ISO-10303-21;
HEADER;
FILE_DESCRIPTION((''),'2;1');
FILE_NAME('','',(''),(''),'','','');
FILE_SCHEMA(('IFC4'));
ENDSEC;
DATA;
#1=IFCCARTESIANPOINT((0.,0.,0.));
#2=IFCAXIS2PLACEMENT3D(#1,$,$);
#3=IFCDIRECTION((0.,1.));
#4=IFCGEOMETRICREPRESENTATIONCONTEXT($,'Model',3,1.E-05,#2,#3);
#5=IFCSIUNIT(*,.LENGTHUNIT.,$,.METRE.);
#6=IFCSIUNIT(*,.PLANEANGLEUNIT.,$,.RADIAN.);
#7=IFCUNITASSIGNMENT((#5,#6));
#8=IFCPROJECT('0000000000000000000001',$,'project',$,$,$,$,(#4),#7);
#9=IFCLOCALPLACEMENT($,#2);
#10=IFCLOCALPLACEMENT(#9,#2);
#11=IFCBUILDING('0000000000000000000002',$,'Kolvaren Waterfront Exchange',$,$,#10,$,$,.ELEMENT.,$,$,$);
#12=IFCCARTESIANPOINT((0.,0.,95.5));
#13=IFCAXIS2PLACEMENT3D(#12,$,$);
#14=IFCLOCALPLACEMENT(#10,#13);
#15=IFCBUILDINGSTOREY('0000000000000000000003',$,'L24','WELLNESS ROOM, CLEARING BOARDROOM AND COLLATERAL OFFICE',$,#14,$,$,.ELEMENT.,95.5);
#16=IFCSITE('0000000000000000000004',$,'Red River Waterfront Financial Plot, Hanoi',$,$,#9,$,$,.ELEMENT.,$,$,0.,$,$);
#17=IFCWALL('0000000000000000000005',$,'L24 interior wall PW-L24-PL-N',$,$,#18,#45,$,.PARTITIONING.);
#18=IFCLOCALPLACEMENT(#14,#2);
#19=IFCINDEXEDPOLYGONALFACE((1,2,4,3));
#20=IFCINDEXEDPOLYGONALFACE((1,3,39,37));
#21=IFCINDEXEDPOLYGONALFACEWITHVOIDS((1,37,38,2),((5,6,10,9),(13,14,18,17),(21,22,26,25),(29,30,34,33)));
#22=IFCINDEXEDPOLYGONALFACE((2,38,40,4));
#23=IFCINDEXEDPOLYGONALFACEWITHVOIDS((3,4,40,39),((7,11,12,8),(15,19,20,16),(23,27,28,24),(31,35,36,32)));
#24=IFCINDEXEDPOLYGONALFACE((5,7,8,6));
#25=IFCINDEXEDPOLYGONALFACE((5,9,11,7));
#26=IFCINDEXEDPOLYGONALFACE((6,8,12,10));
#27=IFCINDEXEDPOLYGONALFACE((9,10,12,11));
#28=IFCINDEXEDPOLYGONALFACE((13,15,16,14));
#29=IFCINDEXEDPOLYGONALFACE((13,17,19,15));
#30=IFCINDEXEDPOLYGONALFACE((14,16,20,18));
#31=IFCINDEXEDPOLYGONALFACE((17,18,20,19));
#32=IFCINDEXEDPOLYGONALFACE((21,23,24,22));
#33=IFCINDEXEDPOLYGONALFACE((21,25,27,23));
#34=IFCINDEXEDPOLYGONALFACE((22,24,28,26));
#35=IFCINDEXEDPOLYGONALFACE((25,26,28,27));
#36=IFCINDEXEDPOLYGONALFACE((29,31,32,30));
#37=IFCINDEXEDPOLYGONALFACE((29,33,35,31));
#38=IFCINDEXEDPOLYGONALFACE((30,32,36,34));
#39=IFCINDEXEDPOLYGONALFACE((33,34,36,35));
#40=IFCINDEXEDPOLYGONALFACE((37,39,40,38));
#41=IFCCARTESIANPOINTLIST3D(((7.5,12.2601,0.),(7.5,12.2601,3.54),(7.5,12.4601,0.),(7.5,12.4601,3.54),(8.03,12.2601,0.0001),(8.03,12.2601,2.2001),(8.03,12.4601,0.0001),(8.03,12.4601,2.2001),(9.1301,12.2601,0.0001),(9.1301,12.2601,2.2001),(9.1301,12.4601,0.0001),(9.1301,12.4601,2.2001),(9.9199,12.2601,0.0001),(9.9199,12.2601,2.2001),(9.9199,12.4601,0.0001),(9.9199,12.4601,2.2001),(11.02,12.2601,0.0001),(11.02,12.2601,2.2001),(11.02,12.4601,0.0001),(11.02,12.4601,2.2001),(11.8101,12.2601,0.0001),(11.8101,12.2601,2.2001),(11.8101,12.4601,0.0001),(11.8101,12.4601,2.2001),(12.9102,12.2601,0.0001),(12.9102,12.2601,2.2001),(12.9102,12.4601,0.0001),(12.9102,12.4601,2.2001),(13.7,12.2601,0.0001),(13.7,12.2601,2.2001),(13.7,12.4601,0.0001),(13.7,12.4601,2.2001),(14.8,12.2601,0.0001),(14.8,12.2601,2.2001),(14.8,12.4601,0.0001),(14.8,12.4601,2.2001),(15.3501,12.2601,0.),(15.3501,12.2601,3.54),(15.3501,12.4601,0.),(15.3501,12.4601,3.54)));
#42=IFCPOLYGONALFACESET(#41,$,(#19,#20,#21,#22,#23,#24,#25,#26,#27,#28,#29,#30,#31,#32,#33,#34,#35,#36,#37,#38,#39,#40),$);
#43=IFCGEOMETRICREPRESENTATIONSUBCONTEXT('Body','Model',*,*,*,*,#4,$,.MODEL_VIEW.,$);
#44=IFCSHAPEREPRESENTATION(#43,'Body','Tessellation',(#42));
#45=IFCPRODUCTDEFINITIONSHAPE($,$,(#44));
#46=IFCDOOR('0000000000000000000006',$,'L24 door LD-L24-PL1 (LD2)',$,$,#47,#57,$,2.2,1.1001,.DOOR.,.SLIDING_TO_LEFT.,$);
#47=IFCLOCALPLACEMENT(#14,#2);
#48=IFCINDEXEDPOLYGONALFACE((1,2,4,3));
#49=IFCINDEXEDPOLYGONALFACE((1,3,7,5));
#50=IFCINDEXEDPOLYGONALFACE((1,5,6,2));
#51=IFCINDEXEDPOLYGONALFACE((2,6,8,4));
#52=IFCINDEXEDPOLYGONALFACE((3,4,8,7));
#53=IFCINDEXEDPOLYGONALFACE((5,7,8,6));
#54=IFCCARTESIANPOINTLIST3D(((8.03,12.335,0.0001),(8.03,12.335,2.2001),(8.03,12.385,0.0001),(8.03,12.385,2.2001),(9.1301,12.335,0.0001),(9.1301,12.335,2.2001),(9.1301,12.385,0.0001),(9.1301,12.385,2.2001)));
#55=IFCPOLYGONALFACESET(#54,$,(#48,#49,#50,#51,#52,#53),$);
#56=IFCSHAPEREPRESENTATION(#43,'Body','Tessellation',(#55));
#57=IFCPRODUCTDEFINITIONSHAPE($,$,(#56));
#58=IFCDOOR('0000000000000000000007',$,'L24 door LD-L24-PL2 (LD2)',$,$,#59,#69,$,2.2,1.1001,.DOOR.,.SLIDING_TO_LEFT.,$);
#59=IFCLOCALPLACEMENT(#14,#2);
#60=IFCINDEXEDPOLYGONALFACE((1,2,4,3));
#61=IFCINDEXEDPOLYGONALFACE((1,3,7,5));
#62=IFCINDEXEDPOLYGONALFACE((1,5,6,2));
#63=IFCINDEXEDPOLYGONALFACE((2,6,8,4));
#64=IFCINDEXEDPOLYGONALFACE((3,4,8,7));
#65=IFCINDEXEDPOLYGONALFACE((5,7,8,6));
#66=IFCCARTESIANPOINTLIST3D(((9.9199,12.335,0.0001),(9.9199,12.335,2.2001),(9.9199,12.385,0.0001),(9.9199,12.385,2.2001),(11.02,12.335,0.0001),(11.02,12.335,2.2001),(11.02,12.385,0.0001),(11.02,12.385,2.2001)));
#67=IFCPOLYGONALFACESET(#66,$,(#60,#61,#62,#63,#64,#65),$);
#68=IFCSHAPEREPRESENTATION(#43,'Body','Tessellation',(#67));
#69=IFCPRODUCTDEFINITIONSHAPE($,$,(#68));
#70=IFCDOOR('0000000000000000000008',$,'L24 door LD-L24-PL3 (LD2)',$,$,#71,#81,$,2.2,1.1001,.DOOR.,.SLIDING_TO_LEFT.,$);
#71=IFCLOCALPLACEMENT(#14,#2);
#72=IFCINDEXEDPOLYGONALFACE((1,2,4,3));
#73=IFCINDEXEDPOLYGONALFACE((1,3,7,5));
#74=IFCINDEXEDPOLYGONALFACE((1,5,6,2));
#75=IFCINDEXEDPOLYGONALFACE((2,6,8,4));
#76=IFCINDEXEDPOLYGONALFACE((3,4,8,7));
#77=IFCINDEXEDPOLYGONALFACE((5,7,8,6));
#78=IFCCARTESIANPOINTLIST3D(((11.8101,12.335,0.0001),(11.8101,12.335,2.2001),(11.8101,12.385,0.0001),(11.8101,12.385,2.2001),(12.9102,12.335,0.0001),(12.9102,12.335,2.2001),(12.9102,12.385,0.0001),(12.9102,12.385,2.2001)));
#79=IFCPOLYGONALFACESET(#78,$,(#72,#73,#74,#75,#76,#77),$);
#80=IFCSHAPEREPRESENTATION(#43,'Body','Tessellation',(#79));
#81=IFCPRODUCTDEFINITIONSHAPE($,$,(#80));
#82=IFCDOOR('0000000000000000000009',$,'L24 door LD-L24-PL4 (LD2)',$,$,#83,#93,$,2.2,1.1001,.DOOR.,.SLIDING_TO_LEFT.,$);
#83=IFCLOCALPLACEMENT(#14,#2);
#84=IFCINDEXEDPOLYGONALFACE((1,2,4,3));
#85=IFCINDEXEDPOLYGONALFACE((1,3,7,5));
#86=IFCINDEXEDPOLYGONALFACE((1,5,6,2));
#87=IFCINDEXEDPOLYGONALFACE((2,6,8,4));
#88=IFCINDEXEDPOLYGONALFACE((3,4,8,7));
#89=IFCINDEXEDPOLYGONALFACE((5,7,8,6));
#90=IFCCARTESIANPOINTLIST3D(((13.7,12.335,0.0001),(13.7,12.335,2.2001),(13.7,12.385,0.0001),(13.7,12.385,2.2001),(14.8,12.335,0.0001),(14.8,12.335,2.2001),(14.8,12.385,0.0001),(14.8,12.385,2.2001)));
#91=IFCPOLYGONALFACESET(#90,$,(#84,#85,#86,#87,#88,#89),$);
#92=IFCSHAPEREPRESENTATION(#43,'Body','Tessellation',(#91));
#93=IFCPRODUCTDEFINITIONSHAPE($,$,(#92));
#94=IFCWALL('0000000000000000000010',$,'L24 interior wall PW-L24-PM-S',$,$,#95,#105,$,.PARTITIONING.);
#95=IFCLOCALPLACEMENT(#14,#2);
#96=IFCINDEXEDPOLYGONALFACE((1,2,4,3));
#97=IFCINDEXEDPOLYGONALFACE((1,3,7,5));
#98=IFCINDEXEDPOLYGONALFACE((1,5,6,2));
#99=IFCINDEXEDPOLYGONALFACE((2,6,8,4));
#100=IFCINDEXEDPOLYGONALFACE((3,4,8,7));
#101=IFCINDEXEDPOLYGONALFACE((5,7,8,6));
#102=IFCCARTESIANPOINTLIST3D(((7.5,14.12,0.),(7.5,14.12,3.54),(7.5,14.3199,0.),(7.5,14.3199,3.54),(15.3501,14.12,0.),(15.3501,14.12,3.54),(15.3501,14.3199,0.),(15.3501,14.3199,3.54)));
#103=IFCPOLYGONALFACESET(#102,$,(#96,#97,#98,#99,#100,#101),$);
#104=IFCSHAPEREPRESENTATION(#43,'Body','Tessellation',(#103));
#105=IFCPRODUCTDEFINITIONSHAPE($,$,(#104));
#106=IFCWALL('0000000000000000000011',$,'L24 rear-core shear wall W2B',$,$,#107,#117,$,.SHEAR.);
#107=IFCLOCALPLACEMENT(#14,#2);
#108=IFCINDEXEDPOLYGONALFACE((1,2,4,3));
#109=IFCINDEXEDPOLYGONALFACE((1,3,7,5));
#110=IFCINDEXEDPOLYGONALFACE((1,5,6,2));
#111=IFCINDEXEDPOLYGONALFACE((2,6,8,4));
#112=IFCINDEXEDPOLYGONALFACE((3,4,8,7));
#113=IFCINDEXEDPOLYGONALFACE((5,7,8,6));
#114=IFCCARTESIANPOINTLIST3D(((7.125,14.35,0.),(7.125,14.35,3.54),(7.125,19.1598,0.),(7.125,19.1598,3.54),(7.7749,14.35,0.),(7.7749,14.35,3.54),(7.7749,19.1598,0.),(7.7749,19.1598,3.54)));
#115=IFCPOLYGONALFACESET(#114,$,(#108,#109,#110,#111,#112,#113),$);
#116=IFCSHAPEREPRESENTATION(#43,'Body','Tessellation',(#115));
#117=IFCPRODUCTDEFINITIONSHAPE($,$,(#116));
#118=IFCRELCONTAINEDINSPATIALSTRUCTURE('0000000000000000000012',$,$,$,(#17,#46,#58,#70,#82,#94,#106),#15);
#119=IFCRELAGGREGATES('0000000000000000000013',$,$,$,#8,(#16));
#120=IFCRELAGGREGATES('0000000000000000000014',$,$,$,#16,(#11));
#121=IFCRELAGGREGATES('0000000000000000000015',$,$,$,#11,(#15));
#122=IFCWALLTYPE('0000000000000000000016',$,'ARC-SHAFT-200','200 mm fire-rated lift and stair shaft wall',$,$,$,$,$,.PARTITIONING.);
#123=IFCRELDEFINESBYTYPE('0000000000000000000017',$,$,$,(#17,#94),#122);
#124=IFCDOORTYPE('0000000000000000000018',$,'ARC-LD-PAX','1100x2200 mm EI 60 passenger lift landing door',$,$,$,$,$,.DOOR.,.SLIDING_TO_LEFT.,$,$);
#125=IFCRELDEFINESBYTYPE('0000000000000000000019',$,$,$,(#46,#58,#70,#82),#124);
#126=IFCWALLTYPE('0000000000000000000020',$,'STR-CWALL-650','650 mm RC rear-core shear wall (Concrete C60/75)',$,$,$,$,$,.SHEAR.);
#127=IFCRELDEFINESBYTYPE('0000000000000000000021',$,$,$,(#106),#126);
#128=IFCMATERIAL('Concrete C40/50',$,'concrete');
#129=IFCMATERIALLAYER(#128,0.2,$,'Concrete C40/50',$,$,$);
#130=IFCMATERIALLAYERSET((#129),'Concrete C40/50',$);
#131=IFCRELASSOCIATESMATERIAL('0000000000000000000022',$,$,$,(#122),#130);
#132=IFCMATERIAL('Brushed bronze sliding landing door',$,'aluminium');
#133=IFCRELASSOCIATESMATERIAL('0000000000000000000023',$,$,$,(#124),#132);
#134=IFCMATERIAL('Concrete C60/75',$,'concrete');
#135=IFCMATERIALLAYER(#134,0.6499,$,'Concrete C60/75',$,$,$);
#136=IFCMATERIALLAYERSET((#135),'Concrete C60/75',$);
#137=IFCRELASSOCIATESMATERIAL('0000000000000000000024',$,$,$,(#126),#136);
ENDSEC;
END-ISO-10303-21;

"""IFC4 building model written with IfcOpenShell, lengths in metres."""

from ifc_helpers import new_model, si_unit, direction, frame, frame_2d, origin, place, context, subcontext, project, spatial, rectangle, extrude, material, layer, layer_set, type_object, element, fill, save


model = new_model("IFC4")

# Units and contexts
model_context = context("Model", 3, precision=1e-05, world=origin(), true_north=direction((0.0, 1.0)))
body_context = subcontext(model_context, "Body", "Model", "MODEL_VIEW")
ifc_project = project(units=[si_unit("LENGTHUNIT", "METRE"), si_unit("PLANEANGLEUNIT", "RADIAN")], contexts=[model_context])

# Site, building, storey
site_placement = place(None, origin())
site = spatial("IfcSite", under=ifc_project, at=site_placement, Name="Red River Waterfront Financial Plot, Hanoi", CompositionType="ELEMENT", RefElevation=0.0)
building_placement = place(site_placement, origin())
building = spatial("IfcBuilding", under=site, at=building_placement, Name="Kolvaren Waterfront Exchange", CompositionType="ELEMENT")
storey_placement = place(building_placement, frame((0.0, 0.0, 95.5)))
storey = spatial("IfcBuildingStorey", under=building, at=storey_placement, Name="L24", Description="WELLNESS ROOM, CLEARING BOARDROOM AND COLLATERAL OFFICE", CompositionType="ELEMENT", Elevation=95.5)

# Shared definitions
ifc_material_1 = material(Name="Concrete C60/75", Category="concrete")

# Wall, openings, doors
ifc_material_2 = material(Name="Concrete C40/50", Category="concrete")
ifc_layer_1 = layer(ifc_material_2, 0.2, Name="Concrete C40/50")
ifc_layer_set_1 = layer_set([ifc_layer_1], Name="Concrete C40/50")
wall_type_1 = type_object("IfcWallType", Name="ARC-SHAFT-200", Description="200 mm fire-rated lift and stair shaft wall", PredefinedType="PARTITIONING", material=ifc_layer_set_1)
wall_1_placement = place(storey_placement, frame((7.5, 12.3601, 0.0), z_axis=(0.0, 0.0, 1.0), x_axis=(1.0, 0.0, 0.0)))
wall_1 = element("IfcWall", 1, at=wall_1_placement, inside=storey, type_object=wall_type_1, Name="L24 interior wall PW-L24-PL-N", PredefinedType="PARTITIONING", context=body_context, shape_type="SweptSolid", body=[
    extrude(rectangle(XDim=7.8501, YDim=0.2, at=frame_2d((3.925, 0.0))), origin(), (0.0, 0.0, 1.0), 3.54),
])
opening_1_placement = place(wall_1_placement, frame((0.53, 0.0, 0.0)))
opening_1 = element("IfcOpeningElement", 2, at=opening_1_placement, cuts=wall_1, PredefinedType="OPENING", context=body_context, shape_type="SweptSolid", body=[
    extrude(rectangle(XDim=1.1001, YDim=2.2, at=frame_2d((0.55, 1.1001))), frame((0.0, 0.1099, 0.0), z_axis=(0.0, -1.0, 0.0), x_axis=(1.0, 0.0, 0.0)), (0.0, 0.0, 1.0), 0.22),
])
opening_2_placement = place(wall_1_placement, frame((2.4199, 0.0, 0.0)))
opening_2 = element("IfcOpeningElement", 3, at=opening_2_placement, cuts=wall_1, PredefinedType="OPENING", context=body_context, shape_type="SweptSolid", body=[
    extrude(rectangle(XDim=1.1001, YDim=2.2, at=frame_2d((0.55, 1.1001))), frame((0.0, 0.1099, 0.0), z_axis=(0.0, -1.0, 0.0), x_axis=(1.0, 0.0, 0.0)), (0.0, 0.0, 1.0), 0.22),
])
opening_3_placement = place(wall_1_placement, frame((4.3101, 0.0, 0.0)))
opening_3 = element("IfcOpeningElement", 4, at=opening_3_placement, cuts=wall_1, PredefinedType="OPENING", context=body_context, shape_type="SweptSolid", body=[
    extrude(rectangle(XDim=1.1001, YDim=2.2, at=frame_2d((0.55, 1.1001))), frame((0.0, 0.1099, 0.0), z_axis=(0.0, -1.0, 0.0), x_axis=(1.0, 0.0, 0.0)), (0.0, 0.0, 1.0), 0.22),
])
opening_4_placement = place(wall_1_placement, frame((6.2, 0.0, 0.0)))
opening_4 = element("IfcOpeningElement", 5, at=opening_4_placement, cuts=wall_1, PredefinedType="OPENING", context=body_context, shape_type="SweptSolid", body=[
    extrude(rectangle(XDim=1.1001, YDim=2.2, at=frame_2d((0.55, 1.1001))), frame((0.0, 0.1099, 0.0), z_axis=(0.0, -1.0, 0.0), x_axis=(1.0, 0.0, 0.0)), (0.0, 0.0, 1.0), 0.22),
])
ifc_material_3 = material(Name="Brushed bronze sliding landing door", Category="aluminium")
door_type = type_object("IfcDoorType", Name="ARC-LD-PAX", Description="1100x2200 mm EI 60 passenger lift landing door", OperationType="SLIDING_TO_LEFT", PredefinedType="DOOR", material=ifc_material_3)
door_1_placement = place(opening_1_placement, origin())
door_1 = element("IfcDoor", 6, at=door_1_placement, inside=storey, type_object=door_type, Name="L24 door LD-L24-PL1 (LD2)", OperationType="SLIDING_TO_LEFT", OverallHeight=2.2, OverallWidth=1.1001, PredefinedType="DOOR", context=body_context, shape_type="SweptSolid", body=[
    extrude(rectangle(XDim=1.1001, YDim=2.2, at=frame_2d((0.55, 1.1001))), frame((0.0, 0.0249, 0.0), z_axis=(0.0, -1.0, 0.0), x_axis=(1.0, 0.0, 0.0)), (0.0, 0.0, 1.0), 0.05),
])
fill(opening_1, door_1)
door_2_placement = place(opening_2_placement, origin())
door_2 = element("IfcDoor", 7, at=door_2_placement, inside=storey, type_object=door_type, Name="L24 door LD-L24-PL2 (LD2)", OperationType="SLIDING_TO_LEFT", OverallHeight=2.2, OverallWidth=1.1001, PredefinedType="DOOR", context=body_context, shape_type="SweptSolid", body=[
    extrude(rectangle(XDim=1.1001, YDim=2.2, at=frame_2d((0.55, 1.1001))), frame((0.0, 0.0249, 0.0), z_axis=(0.0, -1.0, 0.0), x_axis=(1.0, 0.0, 0.0)), (0.0, 0.0, 1.0), 0.05),
])
fill(opening_2, door_2)
door_3_placement = place(opening_3_placement, origin())
door_3 = element("IfcDoor", 8, at=door_3_placement, inside=storey, type_object=door_type, Name="L24 door LD-L24-PL3 (LD2)", OperationType="SLIDING_TO_LEFT", OverallHeight=2.2, OverallWidth=1.1001, PredefinedType="DOOR", context=body_context, shape_type="SweptSolid", body=[
    extrude(rectangle(XDim=1.1001, YDim=2.2, at=frame_2d((0.55, 1.1001))), frame((0.0, 0.0249, 0.0), z_axis=(0.0, -1.0, 0.0), x_axis=(1.0, 0.0, 0.0)), (0.0, 0.0, 1.0), 0.05),
])
fill(opening_3, door_3)
door_4_placement = place(opening_4_placement, origin())
door_4 = element("IfcDoor", 9, at=door_4_placement, inside=storey, type_object=door_type, Name="L24 door LD-L24-PL4 (LD2)", OperationType="SLIDING_TO_LEFT", OverallHeight=2.2, OverallWidth=1.1001, PredefinedType="DOOR", context=body_context, shape_type="SweptSolid", body=[
    extrude(rectangle(XDim=1.1001, YDim=2.2, at=frame_2d((0.55, 1.1001))), frame((0.0, 0.0249, 0.0), z_axis=(0.0, -1.0, 0.0), x_axis=(1.0, 0.0, 0.0)), (0.0, 0.0, 1.0), 0.05),
])
fill(opening_4, door_4)

# Walls
wall_2_placement = place(storey_placement, frame((7.5, 14.22, 0.0), z_axis=(0.0, 0.0, 1.0), x_axis=(1.0, 0.0, 0.0)))
element("IfcWall", 10, at=wall_2_placement, inside=storey, type_object=wall_type_1, Name="L24 interior wall PW-L24-PM-S", PredefinedType="PARTITIONING", context=body_context, shape_type="SweptSolid", body=[
    extrude(rectangle(XDim=7.8501, YDim=0.2, at=frame_2d((3.925, 0.0))), origin(), (0.0, 0.0, 1.0), 3.54),
])
ifc_layer_2 = layer(ifc_material_1, 0.6499, Name="Concrete C60/75")
ifc_layer_set_2 = layer_set([ifc_layer_2], Name="Concrete C60/75")
wall_type_2 = type_object("IfcWallType", Name="STR-CWALL-650", Description="650 mm RC rear-core shear wall (Concrete C60/75)", PredefinedType="SHEAR", material=ifc_layer_set_2)
wall_3_placement = place(storey_placement, frame((7.45, 14.3501, 0.0), z_axis=(0.0, 0.0, 1.0), x_axis=(0.0, 1.0, 0.0)))
element("IfcWall", 11, at=wall_3_placement, inside=storey, type_object=wall_type_2, Name="L24 rear-core shear wall W2B", PredefinedType="SHEAR", context=body_context, shape_type="SweptSolid", body=[
    extrude(rectangle(XDim=4.8098, YDim=0.6499, at=frame_2d((2.4048, 0.0))), origin(), (0.0, 0.0, 1.0), 3.54),
])

save(model, "model.ifc")
